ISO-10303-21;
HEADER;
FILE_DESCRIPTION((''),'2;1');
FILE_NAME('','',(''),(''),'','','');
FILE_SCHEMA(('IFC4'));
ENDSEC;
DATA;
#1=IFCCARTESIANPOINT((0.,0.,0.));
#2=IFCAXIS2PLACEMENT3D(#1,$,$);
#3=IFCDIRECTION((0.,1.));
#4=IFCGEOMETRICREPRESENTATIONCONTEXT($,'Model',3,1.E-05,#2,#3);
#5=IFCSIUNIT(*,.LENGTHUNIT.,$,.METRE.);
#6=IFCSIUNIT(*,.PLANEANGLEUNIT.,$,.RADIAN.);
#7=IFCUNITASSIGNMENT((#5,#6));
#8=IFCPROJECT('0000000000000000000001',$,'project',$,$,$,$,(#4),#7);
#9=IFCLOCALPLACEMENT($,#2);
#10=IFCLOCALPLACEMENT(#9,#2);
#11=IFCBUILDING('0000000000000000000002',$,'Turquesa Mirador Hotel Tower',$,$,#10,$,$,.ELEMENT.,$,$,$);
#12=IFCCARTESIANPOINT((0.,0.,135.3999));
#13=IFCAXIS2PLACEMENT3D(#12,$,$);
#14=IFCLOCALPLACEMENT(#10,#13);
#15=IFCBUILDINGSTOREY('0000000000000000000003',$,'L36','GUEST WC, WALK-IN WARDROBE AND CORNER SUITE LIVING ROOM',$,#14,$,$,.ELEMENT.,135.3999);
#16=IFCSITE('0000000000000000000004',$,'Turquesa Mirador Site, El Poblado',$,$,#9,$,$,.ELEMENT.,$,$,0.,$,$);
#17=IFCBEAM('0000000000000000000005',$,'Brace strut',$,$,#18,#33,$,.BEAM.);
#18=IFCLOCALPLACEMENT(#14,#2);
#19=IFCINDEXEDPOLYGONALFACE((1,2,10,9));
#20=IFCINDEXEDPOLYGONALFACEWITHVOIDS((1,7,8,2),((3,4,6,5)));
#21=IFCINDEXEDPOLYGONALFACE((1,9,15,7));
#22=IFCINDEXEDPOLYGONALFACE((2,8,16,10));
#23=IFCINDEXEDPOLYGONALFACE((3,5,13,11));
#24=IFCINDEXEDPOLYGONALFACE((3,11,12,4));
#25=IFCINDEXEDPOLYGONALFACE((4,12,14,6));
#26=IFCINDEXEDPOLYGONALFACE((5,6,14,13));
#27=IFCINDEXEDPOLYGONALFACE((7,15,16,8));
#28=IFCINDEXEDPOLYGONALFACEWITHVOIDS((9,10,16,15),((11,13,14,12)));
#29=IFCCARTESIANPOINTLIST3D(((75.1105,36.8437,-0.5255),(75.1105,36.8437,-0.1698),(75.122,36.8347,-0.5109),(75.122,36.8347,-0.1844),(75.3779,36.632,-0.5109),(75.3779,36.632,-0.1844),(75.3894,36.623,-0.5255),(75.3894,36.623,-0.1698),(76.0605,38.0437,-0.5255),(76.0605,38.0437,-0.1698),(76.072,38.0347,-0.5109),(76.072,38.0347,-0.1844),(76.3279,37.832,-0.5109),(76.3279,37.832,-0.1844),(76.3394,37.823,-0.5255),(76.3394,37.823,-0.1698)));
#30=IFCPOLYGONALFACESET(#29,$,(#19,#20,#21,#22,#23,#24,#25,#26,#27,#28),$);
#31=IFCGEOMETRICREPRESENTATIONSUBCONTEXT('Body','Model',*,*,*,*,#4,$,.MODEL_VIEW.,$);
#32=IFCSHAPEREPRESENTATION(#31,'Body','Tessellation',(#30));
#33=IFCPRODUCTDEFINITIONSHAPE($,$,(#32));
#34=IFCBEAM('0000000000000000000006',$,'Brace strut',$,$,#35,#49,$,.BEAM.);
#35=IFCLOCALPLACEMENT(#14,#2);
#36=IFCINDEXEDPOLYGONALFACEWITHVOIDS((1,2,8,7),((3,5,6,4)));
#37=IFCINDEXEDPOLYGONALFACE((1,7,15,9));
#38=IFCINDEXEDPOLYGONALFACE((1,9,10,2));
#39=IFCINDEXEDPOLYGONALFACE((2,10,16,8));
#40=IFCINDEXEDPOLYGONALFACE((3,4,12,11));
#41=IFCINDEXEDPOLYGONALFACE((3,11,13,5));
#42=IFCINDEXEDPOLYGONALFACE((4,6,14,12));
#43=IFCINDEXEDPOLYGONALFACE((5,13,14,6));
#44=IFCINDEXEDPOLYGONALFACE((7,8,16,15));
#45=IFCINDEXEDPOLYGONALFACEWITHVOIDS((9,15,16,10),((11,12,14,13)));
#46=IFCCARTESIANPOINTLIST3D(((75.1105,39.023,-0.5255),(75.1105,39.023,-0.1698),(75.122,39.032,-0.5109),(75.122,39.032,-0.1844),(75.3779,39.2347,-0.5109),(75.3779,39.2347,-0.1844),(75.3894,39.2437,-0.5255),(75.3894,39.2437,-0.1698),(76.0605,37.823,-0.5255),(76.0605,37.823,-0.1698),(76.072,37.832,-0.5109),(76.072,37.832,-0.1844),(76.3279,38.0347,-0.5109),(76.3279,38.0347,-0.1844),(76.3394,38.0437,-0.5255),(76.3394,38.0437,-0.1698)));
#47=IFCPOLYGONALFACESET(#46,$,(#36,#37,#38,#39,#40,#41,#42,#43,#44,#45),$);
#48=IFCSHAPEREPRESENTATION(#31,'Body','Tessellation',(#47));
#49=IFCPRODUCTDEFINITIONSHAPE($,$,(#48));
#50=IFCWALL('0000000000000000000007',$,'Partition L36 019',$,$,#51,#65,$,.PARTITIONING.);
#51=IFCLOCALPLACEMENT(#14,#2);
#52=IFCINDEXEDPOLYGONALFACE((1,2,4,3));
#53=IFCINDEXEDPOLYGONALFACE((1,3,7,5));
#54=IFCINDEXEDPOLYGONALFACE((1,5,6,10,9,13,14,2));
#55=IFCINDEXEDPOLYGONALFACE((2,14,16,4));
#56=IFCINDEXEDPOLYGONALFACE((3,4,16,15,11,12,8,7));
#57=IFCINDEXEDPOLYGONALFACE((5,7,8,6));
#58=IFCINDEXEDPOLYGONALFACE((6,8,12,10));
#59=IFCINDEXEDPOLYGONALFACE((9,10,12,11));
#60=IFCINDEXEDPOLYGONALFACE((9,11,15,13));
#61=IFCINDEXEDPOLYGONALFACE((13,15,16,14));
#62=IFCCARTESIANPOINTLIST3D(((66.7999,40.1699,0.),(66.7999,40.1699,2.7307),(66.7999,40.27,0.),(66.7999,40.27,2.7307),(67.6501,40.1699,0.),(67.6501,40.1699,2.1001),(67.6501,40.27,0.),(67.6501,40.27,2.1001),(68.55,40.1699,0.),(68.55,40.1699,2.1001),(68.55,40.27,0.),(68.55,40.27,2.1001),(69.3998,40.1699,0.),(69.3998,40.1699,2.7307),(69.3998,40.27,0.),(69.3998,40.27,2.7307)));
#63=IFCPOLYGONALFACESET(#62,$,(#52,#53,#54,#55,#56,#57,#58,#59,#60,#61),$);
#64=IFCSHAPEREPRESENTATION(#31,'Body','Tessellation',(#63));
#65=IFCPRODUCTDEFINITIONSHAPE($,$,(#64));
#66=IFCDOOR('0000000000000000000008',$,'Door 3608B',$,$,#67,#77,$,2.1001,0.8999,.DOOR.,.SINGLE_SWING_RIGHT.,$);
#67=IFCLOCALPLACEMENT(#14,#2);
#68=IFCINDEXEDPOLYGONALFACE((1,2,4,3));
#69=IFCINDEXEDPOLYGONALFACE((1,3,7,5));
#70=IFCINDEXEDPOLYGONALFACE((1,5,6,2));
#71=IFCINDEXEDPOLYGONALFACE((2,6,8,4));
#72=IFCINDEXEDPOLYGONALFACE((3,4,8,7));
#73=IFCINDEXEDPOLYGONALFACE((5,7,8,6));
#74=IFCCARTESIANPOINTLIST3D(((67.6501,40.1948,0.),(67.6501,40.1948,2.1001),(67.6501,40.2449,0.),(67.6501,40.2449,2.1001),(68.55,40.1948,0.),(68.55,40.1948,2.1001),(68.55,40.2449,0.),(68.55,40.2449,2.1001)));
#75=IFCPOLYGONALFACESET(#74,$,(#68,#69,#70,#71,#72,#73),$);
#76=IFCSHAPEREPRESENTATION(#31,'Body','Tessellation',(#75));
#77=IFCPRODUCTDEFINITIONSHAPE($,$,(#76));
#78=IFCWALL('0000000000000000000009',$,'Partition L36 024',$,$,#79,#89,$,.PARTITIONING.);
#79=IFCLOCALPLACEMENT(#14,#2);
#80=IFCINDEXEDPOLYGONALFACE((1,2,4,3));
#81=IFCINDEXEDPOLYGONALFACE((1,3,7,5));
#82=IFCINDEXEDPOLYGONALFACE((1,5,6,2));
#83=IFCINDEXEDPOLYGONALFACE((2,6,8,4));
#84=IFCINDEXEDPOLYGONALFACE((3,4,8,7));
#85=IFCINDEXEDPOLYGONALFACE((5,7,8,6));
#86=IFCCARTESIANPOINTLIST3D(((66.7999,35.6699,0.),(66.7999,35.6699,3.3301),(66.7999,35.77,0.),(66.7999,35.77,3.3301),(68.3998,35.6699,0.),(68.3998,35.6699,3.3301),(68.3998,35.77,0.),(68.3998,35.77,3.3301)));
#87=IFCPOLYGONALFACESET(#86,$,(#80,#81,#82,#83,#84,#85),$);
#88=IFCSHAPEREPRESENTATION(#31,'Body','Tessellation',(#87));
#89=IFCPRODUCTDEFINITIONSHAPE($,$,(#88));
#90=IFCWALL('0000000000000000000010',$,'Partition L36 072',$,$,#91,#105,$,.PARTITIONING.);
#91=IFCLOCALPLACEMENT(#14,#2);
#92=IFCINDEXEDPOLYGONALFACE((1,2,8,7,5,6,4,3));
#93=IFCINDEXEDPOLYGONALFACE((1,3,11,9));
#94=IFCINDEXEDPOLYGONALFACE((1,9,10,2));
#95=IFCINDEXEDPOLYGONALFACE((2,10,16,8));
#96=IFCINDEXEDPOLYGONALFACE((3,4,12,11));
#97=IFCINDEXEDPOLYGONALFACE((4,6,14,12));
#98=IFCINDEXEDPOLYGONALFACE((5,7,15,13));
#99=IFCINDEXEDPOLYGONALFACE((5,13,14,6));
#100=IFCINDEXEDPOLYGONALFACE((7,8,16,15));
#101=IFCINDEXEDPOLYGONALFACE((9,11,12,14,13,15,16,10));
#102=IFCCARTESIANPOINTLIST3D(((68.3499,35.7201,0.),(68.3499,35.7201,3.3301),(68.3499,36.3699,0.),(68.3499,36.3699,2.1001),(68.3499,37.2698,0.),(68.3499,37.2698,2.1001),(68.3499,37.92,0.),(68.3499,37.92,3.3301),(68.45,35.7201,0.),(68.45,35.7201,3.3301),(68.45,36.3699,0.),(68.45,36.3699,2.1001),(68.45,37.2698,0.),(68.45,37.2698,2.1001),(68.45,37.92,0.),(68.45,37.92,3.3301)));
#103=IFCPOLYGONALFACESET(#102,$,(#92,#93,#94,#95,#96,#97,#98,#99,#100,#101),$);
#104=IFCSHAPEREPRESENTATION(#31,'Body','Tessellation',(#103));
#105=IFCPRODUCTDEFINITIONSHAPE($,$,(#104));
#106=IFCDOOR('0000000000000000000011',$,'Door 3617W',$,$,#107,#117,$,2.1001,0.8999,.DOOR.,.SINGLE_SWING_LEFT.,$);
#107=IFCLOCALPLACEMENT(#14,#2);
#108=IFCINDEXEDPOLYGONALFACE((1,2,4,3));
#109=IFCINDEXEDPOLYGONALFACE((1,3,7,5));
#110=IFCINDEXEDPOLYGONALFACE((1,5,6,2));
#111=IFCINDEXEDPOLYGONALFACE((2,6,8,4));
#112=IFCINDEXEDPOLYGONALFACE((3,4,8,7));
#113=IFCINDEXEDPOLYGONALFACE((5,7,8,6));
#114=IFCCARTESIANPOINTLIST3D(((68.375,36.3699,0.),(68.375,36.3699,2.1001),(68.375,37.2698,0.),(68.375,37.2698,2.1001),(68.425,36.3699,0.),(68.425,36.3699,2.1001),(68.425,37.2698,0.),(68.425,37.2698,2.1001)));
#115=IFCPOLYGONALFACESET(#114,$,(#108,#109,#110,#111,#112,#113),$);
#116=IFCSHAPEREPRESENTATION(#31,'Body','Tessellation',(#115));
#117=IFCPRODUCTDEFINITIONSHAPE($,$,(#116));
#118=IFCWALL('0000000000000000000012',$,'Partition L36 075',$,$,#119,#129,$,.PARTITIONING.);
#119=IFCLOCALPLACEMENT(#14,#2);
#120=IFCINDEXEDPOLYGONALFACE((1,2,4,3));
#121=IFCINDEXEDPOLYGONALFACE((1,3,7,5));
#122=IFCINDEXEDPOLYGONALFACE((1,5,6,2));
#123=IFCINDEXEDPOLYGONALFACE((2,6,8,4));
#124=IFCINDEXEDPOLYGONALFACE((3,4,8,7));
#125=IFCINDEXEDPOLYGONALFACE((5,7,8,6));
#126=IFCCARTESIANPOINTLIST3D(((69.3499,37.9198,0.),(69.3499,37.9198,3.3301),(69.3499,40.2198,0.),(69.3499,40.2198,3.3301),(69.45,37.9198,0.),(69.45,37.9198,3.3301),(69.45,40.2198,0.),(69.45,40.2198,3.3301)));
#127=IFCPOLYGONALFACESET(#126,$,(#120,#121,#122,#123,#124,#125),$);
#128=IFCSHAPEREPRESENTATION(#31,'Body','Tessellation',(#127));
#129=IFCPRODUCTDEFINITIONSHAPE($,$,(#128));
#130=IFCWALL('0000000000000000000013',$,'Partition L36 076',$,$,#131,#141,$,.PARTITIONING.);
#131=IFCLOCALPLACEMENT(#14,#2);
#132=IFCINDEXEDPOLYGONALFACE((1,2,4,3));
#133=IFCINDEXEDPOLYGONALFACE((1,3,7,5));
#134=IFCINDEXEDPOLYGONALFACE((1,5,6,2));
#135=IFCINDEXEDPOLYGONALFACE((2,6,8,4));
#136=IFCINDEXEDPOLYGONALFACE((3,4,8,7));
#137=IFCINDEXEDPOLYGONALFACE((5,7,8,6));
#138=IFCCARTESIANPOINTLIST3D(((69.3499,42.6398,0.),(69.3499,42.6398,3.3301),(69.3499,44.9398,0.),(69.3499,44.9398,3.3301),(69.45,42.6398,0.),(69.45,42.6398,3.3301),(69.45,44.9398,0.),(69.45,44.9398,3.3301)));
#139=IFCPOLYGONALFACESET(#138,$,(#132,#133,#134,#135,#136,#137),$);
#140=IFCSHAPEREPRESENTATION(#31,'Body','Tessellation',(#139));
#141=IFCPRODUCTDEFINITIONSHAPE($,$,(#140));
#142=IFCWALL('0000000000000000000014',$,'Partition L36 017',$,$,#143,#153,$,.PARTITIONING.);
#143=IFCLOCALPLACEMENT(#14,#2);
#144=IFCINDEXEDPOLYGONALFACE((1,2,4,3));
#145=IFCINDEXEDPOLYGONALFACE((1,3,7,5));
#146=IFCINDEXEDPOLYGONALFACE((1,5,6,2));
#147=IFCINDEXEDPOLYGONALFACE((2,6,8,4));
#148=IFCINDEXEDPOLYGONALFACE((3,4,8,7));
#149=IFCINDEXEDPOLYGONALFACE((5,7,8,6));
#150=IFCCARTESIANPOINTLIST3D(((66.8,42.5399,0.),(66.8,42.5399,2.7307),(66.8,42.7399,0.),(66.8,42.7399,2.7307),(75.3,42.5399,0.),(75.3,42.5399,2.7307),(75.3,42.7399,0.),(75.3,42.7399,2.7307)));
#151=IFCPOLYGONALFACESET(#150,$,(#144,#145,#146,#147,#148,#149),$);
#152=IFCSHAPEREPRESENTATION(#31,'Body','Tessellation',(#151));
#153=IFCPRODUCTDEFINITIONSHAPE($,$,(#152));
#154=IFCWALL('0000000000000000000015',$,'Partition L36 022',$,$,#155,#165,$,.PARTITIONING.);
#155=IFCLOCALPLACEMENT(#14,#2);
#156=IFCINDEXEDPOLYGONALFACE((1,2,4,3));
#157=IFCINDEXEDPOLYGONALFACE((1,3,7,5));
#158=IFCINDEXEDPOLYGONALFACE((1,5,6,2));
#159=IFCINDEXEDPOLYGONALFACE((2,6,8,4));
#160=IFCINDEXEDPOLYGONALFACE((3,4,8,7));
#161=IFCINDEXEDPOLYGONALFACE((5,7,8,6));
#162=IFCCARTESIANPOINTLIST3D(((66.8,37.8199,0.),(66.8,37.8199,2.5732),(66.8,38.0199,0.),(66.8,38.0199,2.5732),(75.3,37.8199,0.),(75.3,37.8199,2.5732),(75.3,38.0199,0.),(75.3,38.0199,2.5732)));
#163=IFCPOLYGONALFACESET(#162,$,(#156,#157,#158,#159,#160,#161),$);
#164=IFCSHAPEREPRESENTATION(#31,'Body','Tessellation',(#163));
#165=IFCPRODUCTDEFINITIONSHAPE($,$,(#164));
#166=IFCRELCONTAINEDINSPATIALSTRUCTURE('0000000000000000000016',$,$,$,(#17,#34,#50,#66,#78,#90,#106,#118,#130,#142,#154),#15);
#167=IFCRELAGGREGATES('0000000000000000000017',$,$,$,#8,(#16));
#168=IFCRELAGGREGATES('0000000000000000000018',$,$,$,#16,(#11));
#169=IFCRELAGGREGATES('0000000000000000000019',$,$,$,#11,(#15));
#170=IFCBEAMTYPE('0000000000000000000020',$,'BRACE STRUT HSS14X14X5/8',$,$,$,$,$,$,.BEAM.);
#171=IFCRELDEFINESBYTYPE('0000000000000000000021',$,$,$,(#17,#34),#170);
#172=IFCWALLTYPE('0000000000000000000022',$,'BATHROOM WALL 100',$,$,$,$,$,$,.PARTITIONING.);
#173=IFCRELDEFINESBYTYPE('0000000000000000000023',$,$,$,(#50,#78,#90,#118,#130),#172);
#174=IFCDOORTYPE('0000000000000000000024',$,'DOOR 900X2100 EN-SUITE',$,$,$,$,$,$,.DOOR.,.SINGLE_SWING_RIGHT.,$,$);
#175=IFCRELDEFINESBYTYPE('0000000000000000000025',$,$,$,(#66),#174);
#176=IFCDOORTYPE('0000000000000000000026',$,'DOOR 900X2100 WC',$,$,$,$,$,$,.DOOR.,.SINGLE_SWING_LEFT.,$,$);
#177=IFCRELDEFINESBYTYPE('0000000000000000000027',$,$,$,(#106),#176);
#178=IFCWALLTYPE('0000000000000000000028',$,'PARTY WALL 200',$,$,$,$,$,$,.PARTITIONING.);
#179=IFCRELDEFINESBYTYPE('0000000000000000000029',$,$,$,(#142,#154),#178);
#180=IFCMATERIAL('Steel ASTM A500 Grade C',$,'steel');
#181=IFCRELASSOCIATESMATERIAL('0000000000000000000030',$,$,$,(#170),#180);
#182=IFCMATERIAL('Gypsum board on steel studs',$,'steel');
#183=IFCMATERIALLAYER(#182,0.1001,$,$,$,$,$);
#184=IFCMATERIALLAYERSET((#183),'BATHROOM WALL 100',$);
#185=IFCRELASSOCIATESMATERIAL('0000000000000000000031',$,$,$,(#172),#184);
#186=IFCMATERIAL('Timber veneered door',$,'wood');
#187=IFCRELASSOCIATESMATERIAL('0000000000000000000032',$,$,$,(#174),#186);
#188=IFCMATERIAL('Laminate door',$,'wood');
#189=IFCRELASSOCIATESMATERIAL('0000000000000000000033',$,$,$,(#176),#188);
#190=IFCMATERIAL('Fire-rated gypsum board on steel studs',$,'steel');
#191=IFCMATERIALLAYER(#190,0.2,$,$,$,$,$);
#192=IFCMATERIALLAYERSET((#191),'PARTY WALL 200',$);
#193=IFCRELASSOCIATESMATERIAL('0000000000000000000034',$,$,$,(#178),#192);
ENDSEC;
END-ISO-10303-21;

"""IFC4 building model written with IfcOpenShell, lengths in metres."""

from ifc_helpers import new_model, si_unit, direction, frame, frame_2d, origin, origin_2d, place, context, subcontext, project, spatial, rectangle, hollow_rectangle, extrude, material, layer, layer_set, material_profile, profile_set, type_object, element, fill, save


model = new_model("IFC4")

# Units and contexts
model_context = context("Model", 3, precision=1e-05, world=origin(), true_north=direction((0.0, 1.0)))
body_context = subcontext(model_context, "Body", "Model", "MODEL_VIEW")
ifc_project = project(units=[si_unit("LENGTHUNIT", "METRE"), si_unit("PLANEANGLEUNIT", "RADIAN")], contexts=[model_context])

# Site, building, storey
site_placement = place(None, origin())
site = spatial("IfcSite", under=ifc_project, at=site_placement, Name="Turquesa Mirador Site, El Poblado", CompositionType="ELEMENT", RefElevation=0.0)
building_placement = place(site_placement, origin())
building = spatial("IfcBuilding", under=site, at=building_placement, Name="Turquesa Mirador Hotel Tower", CompositionType="ELEMENT")
storey_placement = place(building_placement, frame((0.0, 0.0, 135.3999)))
storey = spatial("IfcBuildingStorey", under=building, at=storey_placement, Name="L36", Description="GUEST WC, WALK-IN WARDROBE AND CORNER SUITE LIVING ROOM", CompositionType="ELEMENT", Elevation=135.3999)

# Beams
ifc_material_1 = material(Name="Steel ASTM A500 Grade C", Category="steel")
ifc_material_profile_1 = material_profile(ifc_material_1, hollow_rectangle(XDim=0.3557, YDim=0.3557, WallThickness=0.0146, at=origin_2d()), Name="HSS14X14X5/8")
ifc_profile_set_1 = profile_set([ifc_material_profile_1], Name="Steel ASTM A500 Grade C")
beam_type_1 = type_object("IfcBeamType", Name="BRACE STRUT HSS14X14X5/8", PredefinedType="BEAM", material=ifc_profile_set_1)
for number, where, z_axis, x_axis, name in (
    (1, (76.2, 37.9333, -0.3477), (-0.620699, -0.784049, 0.0), (0.784049, -0.620699, 0.0), "Brace strut"),
    (2, (76.2, 37.9333, -0.3477), (-0.620699, 0.784049, 0.0), (-0.784049, -0.620699, 0.0), "Brace strut"),
):
    element("IfcBeam", number, at=place(storey_placement, frame(where, z_axis=z_axis, x_axis=x_axis)), inside=storey, type_object=beam_type_1, Name=name, PredefinedType="BEAM", context=body_context, shape_type="SweptSolid", body=[
        extrude(hollow_rectangle(XDim=0.3557, YDim=0.3557, WallThickness=0.0146, at=origin_2d()), origin(), (0.0, 0.0, 1.0), 1.5305),
    ])

# Wall, opening, door
ifc_material_2 = material(Name="Gypsum board on steel studs", Category="steel")
ifc_layer_1 = layer(ifc_material_2, 0.1001)
ifc_layer_set_1 = layer_set([ifc_layer_1], Name="BATHROOM WALL 100")
wall_type_1 = type_object("IfcWallType", Name="BATHROOM WALL 100", PredefinedType="PARTITIONING", material=ifc_layer_set_1)
wall_1_placement = place(storey_placement, frame((66.8, 40.22, 0.0), z_axis=(0.0, 0.0, 1.0), x_axis=(1.0, 0.0, 0.0)))
wall_1 = element("IfcWall", 3, at=wall_1_placement, inside=storey, type_object=wall_type_1, Name="Partition L36 019", PredefinedType="PARTITIONING", context=body_context, shape_type="SweptSolid", body=[
    extrude(rectangle(XDim=2.5999, YDim=0.1001, at=frame_2d((1.2998, 0.0))), origin(), (0.0, 0.0, 1.0), 2.7307),
])
opening_1_placement = place(wall_1_placement, frame((0.8501, 0.0, 0.0)))
opening_1 = element("IfcOpeningElement", 4, at=opening_1_placement, cuts=wall_1, PredefinedType="OPENING", context=body_context, shape_type="SweptSolid", body=[
    extrude(rectangle(XDim=0.8999, YDim=2.1001, at=frame_2d((0.45, 1.05))), frame((0.0, 0.0601, 0.0), z_axis=(0.0, -1.0, 0.0), x_axis=(1.0, 0.0, 0.0)), (0.0, 0.0, 1.0), 0.1201),
])
ifc_material_3 = material(Name="Timber veneered door", Category="wood")
door_type_1 = type_object("IfcDoorType", Name="DOOR 900X2100 EN-SUITE", OperationType="SINGLE_SWING_RIGHT", PredefinedType="DOOR", material=ifc_material_3)
door_1_placement = place(opening_1_placement, origin())
door_1 = element("IfcDoor", 5, at=door_1_placement, inside=storey, type_object=door_type_1, Name="Door 3608B", OperationType="SINGLE_SWING_RIGHT", OverallHeight=2.1001, OverallWidth=0.8999, PredefinedType="DOOR", context=body_context, shape_type="SweptSolid", body=[
    extrude(rectangle(XDim=0.8999, YDim=2.1001, at=frame_2d((0.45, 1.05))), frame((0.0, 0.0249, 0.0), z_axis=(0.0, -1.0, 0.0), x_axis=(1.0, 0.0, 0.0)), (0.0, 0.0, 1.0), 0.05),
])
fill(opening_1, door_1)

# Wall
wall_2_placement = place(storey_placement, frame((66.8, 35.72, 0.0), z_axis=(0.0, 0.0, 1.0), x_axis=(1.0, 0.0, 0.0)))
element("IfcWall", 6, at=wall_2_placement, inside=storey, type_object=wall_type_1, Name="Partition L36 024", PredefinedType="PARTITIONING", context=body_context, shape_type="SweptSolid", body=[
    extrude(rectangle(XDim=1.5999, YDim=0.1001, at=frame_2d((0.7998, 0.0))), origin(), (0.0, 0.0, 1.0), 3.3301),
])

# Wall, opening, door
wall_3_placement = place(storey_placement, frame((68.3999, 35.72, 0.0), z_axis=(0.0, 0.0, 1.0), x_axis=(0.0, 1.0, 0.0)))
wall_3 = element("IfcWall", 7, at=wall_3_placement, inside=storey, type_object=wall_type_1, Name="Partition L36 072", PredefinedType="PARTITIONING", context=body_context, shape_type="SweptSolid", body=[
    extrude(rectangle(XDim=2.2, YDim=0.1001, at=frame_2d((1.1001, 0.0))), origin(), (0.0, 0.0, 1.0), 3.3301),
])
opening_2_placement = place(wall_3_placement, frame((0.6499, 0.0, 0.0)))
opening_2 = element("IfcOpeningElement", 8, at=opening_2_placement, cuts=wall_3, PredefinedType="OPENING", context=body_context, shape_type="SweptSolid", body=[
    extrude(rectangle(XDim=0.8999, YDim=2.1001, at=frame_2d((0.45, 1.05))), frame((0.0, 0.0601, 0.0), z_axis=(0.0, -1.0, 0.0), x_axis=(1.0, 0.0, 0.0)), (0.0, 0.0, 1.0), 0.1201),
])
ifc_material_4 = material(Name="Laminate door", Category="wood")
door_type_2 = type_object("IfcDoorType", Name="DOOR 900X2100 WC", OperationType="SINGLE_SWING_LEFT", PredefinedType="DOOR", material=ifc_material_4)
door_2_placement = place(opening_2_placement, origin())
door_2 = element("IfcDoor", 9, at=door_2_placement, inside=storey, type_object=door_type_2, Name="Door 3617W", OperationType="SINGLE_SWING_LEFT", OverallHeight=2.1001, OverallWidth=0.8999, PredefinedType="DOOR", context=body_context, shape_type="SweptSolid", body=[
    extrude(rectangle(XDim=0.8999, YDim=2.1001, at=frame_2d((0.45, 1.05))), frame((0.0, 0.0249, 0.0), z_axis=(0.0, -1.0, 0.0), x_axis=(1.0, 0.0, 0.0)), (0.0, 0.0, 1.0), 0.05),
])
fill(opening_2, door_2)

# Walls
for number, where, z_axis, x_axis, name in (
    (10, (69.3999, 37.9199, 0.0), (0.0, 0.0, 1.0), (0.0, 1.0, 0.0), "Partition L36 075"),
    (11, (69.3999, 42.6399, 0.0), (0.0, 0.0, 1.0), (0.0, 1.0, 0.0), "Partition L36 076"),
):
    element("IfcWall", number, at=place(storey_placement, frame(where, z_axis=z_axis, x_axis=x_axis)), inside=storey, type_object=wall_type_1, Name=name, PredefinedType="PARTITIONING", context=body_context, shape_type="SweptSolid", body=[
        extrude(rectangle(XDim=2.3, YDim=0.1001, at=frame_2d((1.1499, 0.0))), origin(), (0.0, 0.0, 1.0), 3.3301),
    ])
ifc_material_5 = material(Name="Fire-rated gypsum board on steel studs", Category="steel")
ifc_layer_2 = layer(ifc_material_5, 0.2)
ifc_layer_set_2 = layer_set([ifc_layer_2], Name="PARTY WALL 200")
wall_type_2 = type_object("IfcWallType", Name="PARTY WALL 200", PredefinedType="PARTITIONING", material=ifc_layer_set_2)
wall_4_placement = place(storey_placement, frame((66.8, 42.6399, 0.0), z_axis=(0.0, 0.0, 1.0), x_axis=(1.0, 0.0, 0.0)))
element("IfcWall", 12, at=wall_4_placement, inside=storey, type_object=wall_type_2, Name="Partition L36 017", PredefinedType="PARTITIONING", context=body_context, shape_type="SweptSolid", body=[
    extrude(rectangle(XDim=8.5, YDim=0.2, at=frame_2d((4.25, 0.0))), origin(), (0.0, 0.0, 1.0), 2.7307),
])
wall_5_placement = place(storey_placement, frame((66.8, 37.9199, 0.0), z_axis=(0.0, 0.0, 1.0), x_axis=(1.0, 0.0, 0.0)))
element("IfcWall", 13, at=wall_5_placement, inside=storey, type_object=wall_type_2, Name="Partition L36 022", PredefinedType="PARTITIONING", context=body_context, shape_type="SweptSolid", body=[
    extrude(rectangle(XDim=8.5, YDim=0.2, at=frame_2d((4.25, 0.0))), origin(), (0.0, 0.0, 1.0), 2.5732),
])

save(model, "model.ifc")
